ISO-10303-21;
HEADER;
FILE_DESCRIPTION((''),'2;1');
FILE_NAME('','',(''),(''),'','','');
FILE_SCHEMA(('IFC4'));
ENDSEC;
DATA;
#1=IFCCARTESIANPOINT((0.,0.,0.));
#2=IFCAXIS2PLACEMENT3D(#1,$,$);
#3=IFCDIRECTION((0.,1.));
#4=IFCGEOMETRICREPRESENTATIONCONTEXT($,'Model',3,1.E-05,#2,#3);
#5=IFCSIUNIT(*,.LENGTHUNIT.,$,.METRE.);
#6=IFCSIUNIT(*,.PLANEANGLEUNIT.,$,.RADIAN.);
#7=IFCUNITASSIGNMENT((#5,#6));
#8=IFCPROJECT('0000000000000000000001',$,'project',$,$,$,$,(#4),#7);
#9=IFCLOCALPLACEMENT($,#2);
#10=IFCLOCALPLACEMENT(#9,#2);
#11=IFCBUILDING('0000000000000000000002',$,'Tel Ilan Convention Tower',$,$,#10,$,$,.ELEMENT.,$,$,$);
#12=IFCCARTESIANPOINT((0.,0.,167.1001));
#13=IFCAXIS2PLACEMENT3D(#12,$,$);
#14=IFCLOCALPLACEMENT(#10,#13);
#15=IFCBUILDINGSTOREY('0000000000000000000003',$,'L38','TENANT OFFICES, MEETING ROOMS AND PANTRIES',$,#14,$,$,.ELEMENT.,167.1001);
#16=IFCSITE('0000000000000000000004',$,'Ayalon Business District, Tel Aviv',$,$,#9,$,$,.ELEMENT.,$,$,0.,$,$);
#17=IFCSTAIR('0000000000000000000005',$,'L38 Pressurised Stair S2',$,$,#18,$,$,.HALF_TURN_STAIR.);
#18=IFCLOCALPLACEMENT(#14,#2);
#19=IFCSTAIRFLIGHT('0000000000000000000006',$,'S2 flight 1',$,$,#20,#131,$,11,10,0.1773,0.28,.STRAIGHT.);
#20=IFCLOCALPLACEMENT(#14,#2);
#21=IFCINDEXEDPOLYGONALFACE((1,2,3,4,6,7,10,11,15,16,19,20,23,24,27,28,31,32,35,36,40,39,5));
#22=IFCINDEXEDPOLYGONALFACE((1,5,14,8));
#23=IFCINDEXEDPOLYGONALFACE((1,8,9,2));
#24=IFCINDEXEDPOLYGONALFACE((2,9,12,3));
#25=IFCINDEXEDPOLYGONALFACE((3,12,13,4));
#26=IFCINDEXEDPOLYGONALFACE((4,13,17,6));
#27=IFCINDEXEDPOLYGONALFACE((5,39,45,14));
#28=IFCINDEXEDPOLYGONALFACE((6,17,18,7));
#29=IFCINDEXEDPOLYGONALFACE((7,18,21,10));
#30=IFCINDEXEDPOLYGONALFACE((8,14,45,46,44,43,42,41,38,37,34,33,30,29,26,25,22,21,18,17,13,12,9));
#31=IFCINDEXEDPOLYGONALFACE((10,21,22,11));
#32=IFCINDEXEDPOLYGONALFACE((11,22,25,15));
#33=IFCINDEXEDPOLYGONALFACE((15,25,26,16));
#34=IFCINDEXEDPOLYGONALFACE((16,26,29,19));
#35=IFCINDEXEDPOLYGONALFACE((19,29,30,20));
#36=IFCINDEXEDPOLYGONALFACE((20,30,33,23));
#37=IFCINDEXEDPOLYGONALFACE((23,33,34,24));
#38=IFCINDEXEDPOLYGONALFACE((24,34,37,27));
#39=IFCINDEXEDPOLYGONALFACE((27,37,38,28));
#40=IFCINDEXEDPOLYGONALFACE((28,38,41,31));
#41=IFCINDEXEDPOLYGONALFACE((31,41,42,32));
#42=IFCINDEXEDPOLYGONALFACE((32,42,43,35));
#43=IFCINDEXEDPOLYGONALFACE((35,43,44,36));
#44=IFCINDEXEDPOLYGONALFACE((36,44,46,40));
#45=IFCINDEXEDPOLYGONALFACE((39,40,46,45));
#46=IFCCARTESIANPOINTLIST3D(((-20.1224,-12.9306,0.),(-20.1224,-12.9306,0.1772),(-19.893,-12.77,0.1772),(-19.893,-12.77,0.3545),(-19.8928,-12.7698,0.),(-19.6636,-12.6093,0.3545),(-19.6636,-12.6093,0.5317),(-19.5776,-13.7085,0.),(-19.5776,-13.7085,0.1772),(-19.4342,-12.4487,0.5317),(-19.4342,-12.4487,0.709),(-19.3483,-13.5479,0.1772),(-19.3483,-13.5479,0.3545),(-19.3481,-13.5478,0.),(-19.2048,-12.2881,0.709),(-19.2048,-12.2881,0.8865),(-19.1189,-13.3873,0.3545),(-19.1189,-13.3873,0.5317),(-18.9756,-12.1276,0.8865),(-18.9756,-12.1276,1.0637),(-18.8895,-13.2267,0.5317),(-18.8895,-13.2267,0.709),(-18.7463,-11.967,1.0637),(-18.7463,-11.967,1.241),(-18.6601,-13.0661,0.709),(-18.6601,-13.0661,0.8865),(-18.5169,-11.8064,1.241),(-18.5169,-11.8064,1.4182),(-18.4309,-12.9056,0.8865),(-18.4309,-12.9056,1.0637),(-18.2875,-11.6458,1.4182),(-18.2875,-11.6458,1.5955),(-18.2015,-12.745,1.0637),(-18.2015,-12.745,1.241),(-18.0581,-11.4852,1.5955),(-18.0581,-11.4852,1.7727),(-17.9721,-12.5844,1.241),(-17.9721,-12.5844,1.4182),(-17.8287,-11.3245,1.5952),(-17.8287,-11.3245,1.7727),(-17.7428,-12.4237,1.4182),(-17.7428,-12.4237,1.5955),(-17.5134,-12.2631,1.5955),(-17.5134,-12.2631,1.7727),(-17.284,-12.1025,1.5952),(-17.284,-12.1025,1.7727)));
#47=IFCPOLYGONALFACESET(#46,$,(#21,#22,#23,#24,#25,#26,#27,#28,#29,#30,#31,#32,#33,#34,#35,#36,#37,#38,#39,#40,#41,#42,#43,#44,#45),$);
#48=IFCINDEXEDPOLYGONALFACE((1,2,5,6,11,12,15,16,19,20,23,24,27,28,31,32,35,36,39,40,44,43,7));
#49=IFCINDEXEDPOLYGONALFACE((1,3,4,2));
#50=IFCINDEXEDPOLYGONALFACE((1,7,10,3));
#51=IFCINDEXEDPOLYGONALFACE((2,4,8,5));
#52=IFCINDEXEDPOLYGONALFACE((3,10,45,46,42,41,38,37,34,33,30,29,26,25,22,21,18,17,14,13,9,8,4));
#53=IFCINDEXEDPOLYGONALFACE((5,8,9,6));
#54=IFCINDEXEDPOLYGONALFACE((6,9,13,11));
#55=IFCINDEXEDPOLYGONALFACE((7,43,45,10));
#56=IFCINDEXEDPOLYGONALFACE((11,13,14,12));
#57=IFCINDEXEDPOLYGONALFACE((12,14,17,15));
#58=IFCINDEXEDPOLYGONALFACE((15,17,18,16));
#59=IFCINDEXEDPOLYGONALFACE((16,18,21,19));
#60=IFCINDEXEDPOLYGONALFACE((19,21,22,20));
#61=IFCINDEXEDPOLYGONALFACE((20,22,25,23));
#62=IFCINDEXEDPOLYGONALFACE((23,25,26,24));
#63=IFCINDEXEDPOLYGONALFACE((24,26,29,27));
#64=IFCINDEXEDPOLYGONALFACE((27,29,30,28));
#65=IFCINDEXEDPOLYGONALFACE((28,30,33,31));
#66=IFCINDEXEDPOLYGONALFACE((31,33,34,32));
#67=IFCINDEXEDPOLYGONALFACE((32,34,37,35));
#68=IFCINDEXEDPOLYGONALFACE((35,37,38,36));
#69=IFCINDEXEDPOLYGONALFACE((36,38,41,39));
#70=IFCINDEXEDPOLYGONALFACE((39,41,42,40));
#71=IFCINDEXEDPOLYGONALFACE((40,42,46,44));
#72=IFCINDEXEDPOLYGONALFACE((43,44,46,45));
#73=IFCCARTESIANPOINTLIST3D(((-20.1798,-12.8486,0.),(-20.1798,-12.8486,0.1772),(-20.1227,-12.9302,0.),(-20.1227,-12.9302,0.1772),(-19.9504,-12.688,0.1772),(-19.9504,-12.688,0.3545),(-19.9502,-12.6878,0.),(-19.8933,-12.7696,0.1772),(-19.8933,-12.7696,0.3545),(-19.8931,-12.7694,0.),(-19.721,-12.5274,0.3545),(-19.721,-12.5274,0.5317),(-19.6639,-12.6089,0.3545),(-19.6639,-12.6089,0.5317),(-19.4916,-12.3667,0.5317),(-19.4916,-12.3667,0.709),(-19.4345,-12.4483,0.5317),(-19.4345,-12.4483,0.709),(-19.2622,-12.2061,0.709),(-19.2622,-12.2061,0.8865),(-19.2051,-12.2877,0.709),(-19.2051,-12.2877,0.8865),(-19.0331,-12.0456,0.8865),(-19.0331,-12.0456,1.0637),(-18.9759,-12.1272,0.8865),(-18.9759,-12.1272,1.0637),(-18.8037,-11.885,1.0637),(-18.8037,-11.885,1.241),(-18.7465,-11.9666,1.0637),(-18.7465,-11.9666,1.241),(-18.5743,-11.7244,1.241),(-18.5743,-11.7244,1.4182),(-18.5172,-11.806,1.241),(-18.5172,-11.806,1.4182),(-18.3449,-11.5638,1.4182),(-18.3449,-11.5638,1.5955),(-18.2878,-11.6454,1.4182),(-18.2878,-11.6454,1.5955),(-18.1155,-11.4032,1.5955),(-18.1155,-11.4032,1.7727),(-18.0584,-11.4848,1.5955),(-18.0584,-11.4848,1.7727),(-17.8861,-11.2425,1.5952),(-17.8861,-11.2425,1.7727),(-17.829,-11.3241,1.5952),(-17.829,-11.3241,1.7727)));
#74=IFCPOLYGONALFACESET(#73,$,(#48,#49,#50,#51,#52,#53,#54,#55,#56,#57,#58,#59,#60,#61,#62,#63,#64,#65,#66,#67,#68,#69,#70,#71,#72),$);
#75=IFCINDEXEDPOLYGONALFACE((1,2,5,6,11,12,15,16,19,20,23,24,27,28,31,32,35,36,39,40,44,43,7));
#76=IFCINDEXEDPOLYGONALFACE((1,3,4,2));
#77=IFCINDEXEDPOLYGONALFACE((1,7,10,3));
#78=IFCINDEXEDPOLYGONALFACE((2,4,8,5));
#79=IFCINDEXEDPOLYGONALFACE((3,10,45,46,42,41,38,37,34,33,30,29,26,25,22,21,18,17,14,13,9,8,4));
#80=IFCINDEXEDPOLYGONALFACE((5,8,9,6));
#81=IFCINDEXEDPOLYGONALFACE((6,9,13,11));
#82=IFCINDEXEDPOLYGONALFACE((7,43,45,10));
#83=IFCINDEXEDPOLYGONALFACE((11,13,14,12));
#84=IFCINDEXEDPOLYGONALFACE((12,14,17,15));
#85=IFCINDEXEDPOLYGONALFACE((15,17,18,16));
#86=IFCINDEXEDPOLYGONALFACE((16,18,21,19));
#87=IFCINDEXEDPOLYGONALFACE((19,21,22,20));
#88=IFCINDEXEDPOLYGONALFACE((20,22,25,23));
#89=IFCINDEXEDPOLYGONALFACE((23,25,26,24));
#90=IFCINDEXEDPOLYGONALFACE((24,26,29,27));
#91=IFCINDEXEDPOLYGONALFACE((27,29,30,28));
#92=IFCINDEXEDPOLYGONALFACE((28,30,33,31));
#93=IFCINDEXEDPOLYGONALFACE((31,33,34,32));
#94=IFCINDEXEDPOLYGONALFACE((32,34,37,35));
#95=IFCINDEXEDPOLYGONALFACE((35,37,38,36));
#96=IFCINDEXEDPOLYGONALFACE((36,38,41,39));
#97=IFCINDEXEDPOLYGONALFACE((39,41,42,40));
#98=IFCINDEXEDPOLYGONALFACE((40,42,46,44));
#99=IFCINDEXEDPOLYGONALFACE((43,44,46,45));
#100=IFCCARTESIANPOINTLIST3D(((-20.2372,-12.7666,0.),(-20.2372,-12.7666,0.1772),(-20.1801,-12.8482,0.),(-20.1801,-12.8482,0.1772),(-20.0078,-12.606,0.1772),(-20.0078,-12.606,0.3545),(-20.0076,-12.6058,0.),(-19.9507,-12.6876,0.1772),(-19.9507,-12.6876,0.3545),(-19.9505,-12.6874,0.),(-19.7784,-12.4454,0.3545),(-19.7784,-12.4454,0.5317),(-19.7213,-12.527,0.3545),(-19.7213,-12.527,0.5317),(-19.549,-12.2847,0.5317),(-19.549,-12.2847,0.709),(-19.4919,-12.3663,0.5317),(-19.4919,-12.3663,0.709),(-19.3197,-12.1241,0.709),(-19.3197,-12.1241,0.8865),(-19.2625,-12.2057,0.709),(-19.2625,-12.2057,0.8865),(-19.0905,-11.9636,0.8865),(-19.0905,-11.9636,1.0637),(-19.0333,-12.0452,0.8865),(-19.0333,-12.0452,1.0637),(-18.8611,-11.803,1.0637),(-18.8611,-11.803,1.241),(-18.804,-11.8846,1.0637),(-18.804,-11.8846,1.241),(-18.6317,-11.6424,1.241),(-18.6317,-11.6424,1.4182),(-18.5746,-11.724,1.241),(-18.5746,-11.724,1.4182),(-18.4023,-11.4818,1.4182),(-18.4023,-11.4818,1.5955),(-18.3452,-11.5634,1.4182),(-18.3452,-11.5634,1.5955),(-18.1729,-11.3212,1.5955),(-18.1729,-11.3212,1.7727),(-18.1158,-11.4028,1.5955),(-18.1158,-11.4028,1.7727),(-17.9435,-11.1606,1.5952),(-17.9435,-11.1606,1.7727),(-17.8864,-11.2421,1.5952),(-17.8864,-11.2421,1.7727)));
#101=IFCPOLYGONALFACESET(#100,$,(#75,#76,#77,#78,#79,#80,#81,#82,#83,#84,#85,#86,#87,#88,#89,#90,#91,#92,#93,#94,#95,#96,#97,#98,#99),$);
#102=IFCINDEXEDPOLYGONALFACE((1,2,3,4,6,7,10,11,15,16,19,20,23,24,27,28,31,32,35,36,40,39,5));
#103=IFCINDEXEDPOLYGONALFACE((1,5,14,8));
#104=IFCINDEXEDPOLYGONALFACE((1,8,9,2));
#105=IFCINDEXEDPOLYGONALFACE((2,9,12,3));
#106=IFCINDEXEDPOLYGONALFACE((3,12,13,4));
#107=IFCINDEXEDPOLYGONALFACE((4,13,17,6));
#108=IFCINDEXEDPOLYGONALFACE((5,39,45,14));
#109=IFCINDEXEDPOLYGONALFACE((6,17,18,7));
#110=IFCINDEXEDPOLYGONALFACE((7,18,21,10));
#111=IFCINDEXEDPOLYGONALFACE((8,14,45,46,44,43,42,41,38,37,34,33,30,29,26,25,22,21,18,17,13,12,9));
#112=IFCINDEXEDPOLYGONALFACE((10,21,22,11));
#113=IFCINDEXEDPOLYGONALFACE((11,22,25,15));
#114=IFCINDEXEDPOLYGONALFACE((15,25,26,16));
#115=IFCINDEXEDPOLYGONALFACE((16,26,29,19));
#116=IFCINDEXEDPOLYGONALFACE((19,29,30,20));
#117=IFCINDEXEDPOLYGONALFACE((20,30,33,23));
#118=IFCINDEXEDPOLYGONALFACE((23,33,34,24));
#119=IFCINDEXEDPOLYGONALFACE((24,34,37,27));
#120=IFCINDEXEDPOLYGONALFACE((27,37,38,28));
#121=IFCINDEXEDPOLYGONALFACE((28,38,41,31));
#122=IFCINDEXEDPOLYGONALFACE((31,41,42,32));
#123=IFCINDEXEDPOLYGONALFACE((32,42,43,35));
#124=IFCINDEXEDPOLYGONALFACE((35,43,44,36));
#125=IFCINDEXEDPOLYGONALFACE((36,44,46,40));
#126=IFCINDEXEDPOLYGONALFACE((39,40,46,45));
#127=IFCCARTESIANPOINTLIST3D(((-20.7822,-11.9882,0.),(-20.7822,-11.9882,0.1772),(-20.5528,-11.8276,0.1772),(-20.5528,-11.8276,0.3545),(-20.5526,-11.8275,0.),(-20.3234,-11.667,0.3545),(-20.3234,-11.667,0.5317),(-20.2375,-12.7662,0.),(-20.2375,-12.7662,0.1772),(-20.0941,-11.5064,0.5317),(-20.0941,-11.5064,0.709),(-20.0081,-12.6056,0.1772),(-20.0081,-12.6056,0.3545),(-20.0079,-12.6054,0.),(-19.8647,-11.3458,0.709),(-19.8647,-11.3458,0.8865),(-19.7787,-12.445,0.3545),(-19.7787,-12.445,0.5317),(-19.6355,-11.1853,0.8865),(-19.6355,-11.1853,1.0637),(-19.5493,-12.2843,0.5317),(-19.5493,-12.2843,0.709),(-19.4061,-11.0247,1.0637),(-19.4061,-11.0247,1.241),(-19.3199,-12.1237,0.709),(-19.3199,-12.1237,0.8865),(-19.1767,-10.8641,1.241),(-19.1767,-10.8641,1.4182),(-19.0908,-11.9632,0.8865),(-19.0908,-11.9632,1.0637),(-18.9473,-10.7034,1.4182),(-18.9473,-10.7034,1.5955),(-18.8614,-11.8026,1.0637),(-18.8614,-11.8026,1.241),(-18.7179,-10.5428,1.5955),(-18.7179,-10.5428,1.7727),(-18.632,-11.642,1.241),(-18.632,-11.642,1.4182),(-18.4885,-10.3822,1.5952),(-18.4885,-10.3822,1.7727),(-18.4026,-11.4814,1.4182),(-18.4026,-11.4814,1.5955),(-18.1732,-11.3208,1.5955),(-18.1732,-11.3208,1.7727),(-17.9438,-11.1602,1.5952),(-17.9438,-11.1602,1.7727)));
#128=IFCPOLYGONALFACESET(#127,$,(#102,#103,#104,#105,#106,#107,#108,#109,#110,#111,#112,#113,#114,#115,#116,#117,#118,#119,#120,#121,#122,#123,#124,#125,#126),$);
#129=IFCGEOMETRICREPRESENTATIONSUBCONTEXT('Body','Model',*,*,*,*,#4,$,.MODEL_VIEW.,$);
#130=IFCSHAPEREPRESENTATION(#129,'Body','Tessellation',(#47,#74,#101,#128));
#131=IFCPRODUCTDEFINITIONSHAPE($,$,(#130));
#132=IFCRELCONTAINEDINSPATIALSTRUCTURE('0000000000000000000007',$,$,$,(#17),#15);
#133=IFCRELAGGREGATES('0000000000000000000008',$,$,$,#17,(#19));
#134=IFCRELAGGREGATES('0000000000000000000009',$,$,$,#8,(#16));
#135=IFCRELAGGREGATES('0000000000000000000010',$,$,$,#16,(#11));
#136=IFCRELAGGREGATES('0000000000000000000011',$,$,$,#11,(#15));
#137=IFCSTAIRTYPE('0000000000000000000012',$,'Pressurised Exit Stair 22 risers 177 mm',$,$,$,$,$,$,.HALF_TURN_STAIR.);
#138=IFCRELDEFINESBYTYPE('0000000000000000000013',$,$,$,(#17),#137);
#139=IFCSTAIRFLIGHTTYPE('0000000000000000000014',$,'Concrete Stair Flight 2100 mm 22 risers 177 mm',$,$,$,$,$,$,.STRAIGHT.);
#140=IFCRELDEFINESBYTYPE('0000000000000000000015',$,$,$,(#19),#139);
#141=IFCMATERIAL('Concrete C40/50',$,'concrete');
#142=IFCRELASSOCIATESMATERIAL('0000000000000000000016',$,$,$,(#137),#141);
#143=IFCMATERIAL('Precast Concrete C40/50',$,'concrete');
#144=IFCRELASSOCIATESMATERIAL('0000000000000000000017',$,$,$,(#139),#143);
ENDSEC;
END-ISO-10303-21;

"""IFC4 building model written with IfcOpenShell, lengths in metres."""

from ifc_helpers import new_model, si_unit, direction, frame, origin, place, context, subcontext, project, spatial, polyline, outline, extrude, material, type_object, element, aggregate, save


model = new_model("IFC4")

# Units and contexts
model_context = context("Model", 3, precision=1e-05, world=origin(), true_north=direction((0.0, 1.0)))
body_context = subcontext(model_context, "Body", "Model", "MODEL_VIEW")
ifc_project = project(units=[si_unit("LENGTHUNIT", "METRE"), si_unit("PLANEANGLEUNIT", "RADIAN")], contexts=[model_context])

# Site, building, storey
site_placement = place(None, origin())
site = spatial("IfcSite", under=ifc_project, at=site_placement, Name="Ayalon Business District, Tel Aviv", CompositionType="ELEMENT", RefElevation=0.0)
building_placement = place(site_placement, origin())
building = spatial("IfcBuilding", under=site, at=building_placement, Name="Tel Ilan Convention Tower", CompositionType="ELEMENT")
storey_placement = place(building_placement, frame((0.0, 0.0, 167.1001)))
storey = spatial("IfcBuildingStorey", under=building, at=storey_placement, Name="L38", Description="TENANT OFFICES, MEETING ROOMS AND PANTRIES", CompositionType="ELEMENT", Elevation=167.1001)

# Stair, stair flight
ifc_material_1 = material(Name="Concrete C40/50", Category="concrete")
stair_type = type_object("IfcStairType", Name="Pressurised Exit Stair 22 risers 177 mm", PredefinedType="HALF_TURN_STAIR", material=ifc_material_1)
ifc_material_2 = material(Name="Precast Concrete C40/50", Category="concrete")
stair_flight_type = type_object("IfcStairFlightType", Name="Concrete Stair Flight 2100 mm 22 risers 177 mm", PredefinedType="STRAIGHT", material=ifc_material_2)
stair_1_placement = place(storey_placement, origin())
stair_1 = element("IfcStair", 1, at=stair_1_placement, inside=storey, type_object=stair_type, Name="L38 Pressurised Stair S2", PredefinedType="HALF_TURN_STAIR")
stair_flight_1_placement = place(storey_placement, frame((-20.1799, -12.8484, 0.0), z_axis=(0.0, 0.0, 1.0), x_axis=(0.819152, 0.573576, 0.0)))
stair_flight_1 = element("IfcStairFlight", 2, at=stair_flight_1_placement, type_object=stair_flight_type, Name="S2 flight 1", NumberOfRisers=11, NumberOfTreads=10, PredefinedType="STRAIGHT", RiserHeight=0.1773, TreadLength=0.28, context=body_context, shape_type="SweptSolid", body=[
    extrude(outline(polyline([(0.0, 0.0), (0.0, 0.1772), (0.28, 0.1772), (0.28, 0.3545), (0.5601, 0.3545), (0.5601, 0.5317), (0.8401, 0.5317), (0.8401, 0.709), (1.1201, 0.709), (1.1201, 0.8865), (1.3999, 0.8865), (1.3999, 1.0637), (1.6799, 1.0637), (1.6799, 1.241), (1.96, 1.241), (1.96, 1.4182), (2.24, 1.4182), (2.24, 1.5955), (2.52, 1.5955), (2.52, 1.7727), (2.8, 1.7727), (2.8, 1.95), (2.8, 1.5952), (0.2803, 0.0), (0.0, 0.0)])), frame((0.0, -0.1003, 0.0), z_axis=(0.0, -1.0, 0.0), x_axis=(1.0, 0.0, 0.0)), (0.0, 0.0, 1.0), 0.9497),
    extrude(outline(polyline([(0.0, 0.0), (0.0, 0.1772), (0.28, 0.1772), (0.28, 0.3545), (0.5601, 0.3545), (0.5601, 0.5317), (0.8401, 0.5317), (0.8401, 0.709), (1.1201, 0.709), (1.1201, 0.8865), (1.3999, 0.8865), (1.3999, 1.0637), (1.6799, 1.0637), (1.6799, 1.241), (1.96, 1.241), (1.96, 1.4182), (2.24, 1.4182), (2.24, 1.5955), (2.52, 1.5955), (2.52, 1.7727), (2.8, 1.7727), (2.8, 1.95), (2.8, 1.5952), (0.2803, 0.0), (0.0, 0.0)])), frame((0.0, -0.0002, 0.0), z_axis=(0.0, -1.0, 0.0), x_axis=(1.0, 0.0, 0.0)), (0.0, 0.0, 1.0), 0.0996),
    extrude(outline(polyline([(0.0, 0.0), (0.0, 0.1772), (0.28, 0.1772), (0.28, 0.3545), (0.5601, 0.3545), (0.5601, 0.5317), (0.8401, 0.5317), (0.8401, 0.709), (1.1201, 0.709), (1.1201, 0.8865), (1.3999, 0.8865), (1.3999, 1.0637), (1.6799, 1.0637), (1.6799, 1.241), (1.96, 1.241), (1.96, 1.4182), (2.24, 1.4182), (2.24, 1.5955), (2.52, 1.5955), (2.52, 1.7727), (2.8, 1.7727), (2.8, 1.95), (2.8, 1.5952), (0.2803, 0.0), (0.0, 0.0)])), frame((0.0, 0.0999, 0.0), z_axis=(0.0, -1.0, 0.0), x_axis=(1.0, 0.0, 0.0)), (0.0, 0.0, 1.0), 0.0996),
    extrude(outline(polyline([(0.0, 0.0), (0.0, 0.1772), (0.28, 0.1772), (0.28, 0.3545), (0.5601, 0.3545), (0.5601, 0.5317), (0.8401, 0.5317), (0.8401, 0.709), (1.1201, 0.709), (1.1201, 0.8865), (1.3999, 0.8865), (1.3999, 1.0637), (1.6799, 1.0637), (1.6799, 1.241), (1.96, 1.241), (1.96, 1.4182), (2.24, 1.4182), (2.24, 1.5955), (2.52, 1.5955), (2.52, 1.7727), (2.8, 1.7727), (2.8, 1.95), (2.8, 1.5952), (0.2803, 0.0), (0.0, 0.0)])), frame((0.0, 1.05, 0.0), z_axis=(0.0, -1.0, 0.0), x_axis=(1.0, 0.0, 0.0)), (0.0, 0.0, 1.0), 0.9497),
])
aggregate(stair_1, [stair_flight_1])

save(model, "model.ifc")
